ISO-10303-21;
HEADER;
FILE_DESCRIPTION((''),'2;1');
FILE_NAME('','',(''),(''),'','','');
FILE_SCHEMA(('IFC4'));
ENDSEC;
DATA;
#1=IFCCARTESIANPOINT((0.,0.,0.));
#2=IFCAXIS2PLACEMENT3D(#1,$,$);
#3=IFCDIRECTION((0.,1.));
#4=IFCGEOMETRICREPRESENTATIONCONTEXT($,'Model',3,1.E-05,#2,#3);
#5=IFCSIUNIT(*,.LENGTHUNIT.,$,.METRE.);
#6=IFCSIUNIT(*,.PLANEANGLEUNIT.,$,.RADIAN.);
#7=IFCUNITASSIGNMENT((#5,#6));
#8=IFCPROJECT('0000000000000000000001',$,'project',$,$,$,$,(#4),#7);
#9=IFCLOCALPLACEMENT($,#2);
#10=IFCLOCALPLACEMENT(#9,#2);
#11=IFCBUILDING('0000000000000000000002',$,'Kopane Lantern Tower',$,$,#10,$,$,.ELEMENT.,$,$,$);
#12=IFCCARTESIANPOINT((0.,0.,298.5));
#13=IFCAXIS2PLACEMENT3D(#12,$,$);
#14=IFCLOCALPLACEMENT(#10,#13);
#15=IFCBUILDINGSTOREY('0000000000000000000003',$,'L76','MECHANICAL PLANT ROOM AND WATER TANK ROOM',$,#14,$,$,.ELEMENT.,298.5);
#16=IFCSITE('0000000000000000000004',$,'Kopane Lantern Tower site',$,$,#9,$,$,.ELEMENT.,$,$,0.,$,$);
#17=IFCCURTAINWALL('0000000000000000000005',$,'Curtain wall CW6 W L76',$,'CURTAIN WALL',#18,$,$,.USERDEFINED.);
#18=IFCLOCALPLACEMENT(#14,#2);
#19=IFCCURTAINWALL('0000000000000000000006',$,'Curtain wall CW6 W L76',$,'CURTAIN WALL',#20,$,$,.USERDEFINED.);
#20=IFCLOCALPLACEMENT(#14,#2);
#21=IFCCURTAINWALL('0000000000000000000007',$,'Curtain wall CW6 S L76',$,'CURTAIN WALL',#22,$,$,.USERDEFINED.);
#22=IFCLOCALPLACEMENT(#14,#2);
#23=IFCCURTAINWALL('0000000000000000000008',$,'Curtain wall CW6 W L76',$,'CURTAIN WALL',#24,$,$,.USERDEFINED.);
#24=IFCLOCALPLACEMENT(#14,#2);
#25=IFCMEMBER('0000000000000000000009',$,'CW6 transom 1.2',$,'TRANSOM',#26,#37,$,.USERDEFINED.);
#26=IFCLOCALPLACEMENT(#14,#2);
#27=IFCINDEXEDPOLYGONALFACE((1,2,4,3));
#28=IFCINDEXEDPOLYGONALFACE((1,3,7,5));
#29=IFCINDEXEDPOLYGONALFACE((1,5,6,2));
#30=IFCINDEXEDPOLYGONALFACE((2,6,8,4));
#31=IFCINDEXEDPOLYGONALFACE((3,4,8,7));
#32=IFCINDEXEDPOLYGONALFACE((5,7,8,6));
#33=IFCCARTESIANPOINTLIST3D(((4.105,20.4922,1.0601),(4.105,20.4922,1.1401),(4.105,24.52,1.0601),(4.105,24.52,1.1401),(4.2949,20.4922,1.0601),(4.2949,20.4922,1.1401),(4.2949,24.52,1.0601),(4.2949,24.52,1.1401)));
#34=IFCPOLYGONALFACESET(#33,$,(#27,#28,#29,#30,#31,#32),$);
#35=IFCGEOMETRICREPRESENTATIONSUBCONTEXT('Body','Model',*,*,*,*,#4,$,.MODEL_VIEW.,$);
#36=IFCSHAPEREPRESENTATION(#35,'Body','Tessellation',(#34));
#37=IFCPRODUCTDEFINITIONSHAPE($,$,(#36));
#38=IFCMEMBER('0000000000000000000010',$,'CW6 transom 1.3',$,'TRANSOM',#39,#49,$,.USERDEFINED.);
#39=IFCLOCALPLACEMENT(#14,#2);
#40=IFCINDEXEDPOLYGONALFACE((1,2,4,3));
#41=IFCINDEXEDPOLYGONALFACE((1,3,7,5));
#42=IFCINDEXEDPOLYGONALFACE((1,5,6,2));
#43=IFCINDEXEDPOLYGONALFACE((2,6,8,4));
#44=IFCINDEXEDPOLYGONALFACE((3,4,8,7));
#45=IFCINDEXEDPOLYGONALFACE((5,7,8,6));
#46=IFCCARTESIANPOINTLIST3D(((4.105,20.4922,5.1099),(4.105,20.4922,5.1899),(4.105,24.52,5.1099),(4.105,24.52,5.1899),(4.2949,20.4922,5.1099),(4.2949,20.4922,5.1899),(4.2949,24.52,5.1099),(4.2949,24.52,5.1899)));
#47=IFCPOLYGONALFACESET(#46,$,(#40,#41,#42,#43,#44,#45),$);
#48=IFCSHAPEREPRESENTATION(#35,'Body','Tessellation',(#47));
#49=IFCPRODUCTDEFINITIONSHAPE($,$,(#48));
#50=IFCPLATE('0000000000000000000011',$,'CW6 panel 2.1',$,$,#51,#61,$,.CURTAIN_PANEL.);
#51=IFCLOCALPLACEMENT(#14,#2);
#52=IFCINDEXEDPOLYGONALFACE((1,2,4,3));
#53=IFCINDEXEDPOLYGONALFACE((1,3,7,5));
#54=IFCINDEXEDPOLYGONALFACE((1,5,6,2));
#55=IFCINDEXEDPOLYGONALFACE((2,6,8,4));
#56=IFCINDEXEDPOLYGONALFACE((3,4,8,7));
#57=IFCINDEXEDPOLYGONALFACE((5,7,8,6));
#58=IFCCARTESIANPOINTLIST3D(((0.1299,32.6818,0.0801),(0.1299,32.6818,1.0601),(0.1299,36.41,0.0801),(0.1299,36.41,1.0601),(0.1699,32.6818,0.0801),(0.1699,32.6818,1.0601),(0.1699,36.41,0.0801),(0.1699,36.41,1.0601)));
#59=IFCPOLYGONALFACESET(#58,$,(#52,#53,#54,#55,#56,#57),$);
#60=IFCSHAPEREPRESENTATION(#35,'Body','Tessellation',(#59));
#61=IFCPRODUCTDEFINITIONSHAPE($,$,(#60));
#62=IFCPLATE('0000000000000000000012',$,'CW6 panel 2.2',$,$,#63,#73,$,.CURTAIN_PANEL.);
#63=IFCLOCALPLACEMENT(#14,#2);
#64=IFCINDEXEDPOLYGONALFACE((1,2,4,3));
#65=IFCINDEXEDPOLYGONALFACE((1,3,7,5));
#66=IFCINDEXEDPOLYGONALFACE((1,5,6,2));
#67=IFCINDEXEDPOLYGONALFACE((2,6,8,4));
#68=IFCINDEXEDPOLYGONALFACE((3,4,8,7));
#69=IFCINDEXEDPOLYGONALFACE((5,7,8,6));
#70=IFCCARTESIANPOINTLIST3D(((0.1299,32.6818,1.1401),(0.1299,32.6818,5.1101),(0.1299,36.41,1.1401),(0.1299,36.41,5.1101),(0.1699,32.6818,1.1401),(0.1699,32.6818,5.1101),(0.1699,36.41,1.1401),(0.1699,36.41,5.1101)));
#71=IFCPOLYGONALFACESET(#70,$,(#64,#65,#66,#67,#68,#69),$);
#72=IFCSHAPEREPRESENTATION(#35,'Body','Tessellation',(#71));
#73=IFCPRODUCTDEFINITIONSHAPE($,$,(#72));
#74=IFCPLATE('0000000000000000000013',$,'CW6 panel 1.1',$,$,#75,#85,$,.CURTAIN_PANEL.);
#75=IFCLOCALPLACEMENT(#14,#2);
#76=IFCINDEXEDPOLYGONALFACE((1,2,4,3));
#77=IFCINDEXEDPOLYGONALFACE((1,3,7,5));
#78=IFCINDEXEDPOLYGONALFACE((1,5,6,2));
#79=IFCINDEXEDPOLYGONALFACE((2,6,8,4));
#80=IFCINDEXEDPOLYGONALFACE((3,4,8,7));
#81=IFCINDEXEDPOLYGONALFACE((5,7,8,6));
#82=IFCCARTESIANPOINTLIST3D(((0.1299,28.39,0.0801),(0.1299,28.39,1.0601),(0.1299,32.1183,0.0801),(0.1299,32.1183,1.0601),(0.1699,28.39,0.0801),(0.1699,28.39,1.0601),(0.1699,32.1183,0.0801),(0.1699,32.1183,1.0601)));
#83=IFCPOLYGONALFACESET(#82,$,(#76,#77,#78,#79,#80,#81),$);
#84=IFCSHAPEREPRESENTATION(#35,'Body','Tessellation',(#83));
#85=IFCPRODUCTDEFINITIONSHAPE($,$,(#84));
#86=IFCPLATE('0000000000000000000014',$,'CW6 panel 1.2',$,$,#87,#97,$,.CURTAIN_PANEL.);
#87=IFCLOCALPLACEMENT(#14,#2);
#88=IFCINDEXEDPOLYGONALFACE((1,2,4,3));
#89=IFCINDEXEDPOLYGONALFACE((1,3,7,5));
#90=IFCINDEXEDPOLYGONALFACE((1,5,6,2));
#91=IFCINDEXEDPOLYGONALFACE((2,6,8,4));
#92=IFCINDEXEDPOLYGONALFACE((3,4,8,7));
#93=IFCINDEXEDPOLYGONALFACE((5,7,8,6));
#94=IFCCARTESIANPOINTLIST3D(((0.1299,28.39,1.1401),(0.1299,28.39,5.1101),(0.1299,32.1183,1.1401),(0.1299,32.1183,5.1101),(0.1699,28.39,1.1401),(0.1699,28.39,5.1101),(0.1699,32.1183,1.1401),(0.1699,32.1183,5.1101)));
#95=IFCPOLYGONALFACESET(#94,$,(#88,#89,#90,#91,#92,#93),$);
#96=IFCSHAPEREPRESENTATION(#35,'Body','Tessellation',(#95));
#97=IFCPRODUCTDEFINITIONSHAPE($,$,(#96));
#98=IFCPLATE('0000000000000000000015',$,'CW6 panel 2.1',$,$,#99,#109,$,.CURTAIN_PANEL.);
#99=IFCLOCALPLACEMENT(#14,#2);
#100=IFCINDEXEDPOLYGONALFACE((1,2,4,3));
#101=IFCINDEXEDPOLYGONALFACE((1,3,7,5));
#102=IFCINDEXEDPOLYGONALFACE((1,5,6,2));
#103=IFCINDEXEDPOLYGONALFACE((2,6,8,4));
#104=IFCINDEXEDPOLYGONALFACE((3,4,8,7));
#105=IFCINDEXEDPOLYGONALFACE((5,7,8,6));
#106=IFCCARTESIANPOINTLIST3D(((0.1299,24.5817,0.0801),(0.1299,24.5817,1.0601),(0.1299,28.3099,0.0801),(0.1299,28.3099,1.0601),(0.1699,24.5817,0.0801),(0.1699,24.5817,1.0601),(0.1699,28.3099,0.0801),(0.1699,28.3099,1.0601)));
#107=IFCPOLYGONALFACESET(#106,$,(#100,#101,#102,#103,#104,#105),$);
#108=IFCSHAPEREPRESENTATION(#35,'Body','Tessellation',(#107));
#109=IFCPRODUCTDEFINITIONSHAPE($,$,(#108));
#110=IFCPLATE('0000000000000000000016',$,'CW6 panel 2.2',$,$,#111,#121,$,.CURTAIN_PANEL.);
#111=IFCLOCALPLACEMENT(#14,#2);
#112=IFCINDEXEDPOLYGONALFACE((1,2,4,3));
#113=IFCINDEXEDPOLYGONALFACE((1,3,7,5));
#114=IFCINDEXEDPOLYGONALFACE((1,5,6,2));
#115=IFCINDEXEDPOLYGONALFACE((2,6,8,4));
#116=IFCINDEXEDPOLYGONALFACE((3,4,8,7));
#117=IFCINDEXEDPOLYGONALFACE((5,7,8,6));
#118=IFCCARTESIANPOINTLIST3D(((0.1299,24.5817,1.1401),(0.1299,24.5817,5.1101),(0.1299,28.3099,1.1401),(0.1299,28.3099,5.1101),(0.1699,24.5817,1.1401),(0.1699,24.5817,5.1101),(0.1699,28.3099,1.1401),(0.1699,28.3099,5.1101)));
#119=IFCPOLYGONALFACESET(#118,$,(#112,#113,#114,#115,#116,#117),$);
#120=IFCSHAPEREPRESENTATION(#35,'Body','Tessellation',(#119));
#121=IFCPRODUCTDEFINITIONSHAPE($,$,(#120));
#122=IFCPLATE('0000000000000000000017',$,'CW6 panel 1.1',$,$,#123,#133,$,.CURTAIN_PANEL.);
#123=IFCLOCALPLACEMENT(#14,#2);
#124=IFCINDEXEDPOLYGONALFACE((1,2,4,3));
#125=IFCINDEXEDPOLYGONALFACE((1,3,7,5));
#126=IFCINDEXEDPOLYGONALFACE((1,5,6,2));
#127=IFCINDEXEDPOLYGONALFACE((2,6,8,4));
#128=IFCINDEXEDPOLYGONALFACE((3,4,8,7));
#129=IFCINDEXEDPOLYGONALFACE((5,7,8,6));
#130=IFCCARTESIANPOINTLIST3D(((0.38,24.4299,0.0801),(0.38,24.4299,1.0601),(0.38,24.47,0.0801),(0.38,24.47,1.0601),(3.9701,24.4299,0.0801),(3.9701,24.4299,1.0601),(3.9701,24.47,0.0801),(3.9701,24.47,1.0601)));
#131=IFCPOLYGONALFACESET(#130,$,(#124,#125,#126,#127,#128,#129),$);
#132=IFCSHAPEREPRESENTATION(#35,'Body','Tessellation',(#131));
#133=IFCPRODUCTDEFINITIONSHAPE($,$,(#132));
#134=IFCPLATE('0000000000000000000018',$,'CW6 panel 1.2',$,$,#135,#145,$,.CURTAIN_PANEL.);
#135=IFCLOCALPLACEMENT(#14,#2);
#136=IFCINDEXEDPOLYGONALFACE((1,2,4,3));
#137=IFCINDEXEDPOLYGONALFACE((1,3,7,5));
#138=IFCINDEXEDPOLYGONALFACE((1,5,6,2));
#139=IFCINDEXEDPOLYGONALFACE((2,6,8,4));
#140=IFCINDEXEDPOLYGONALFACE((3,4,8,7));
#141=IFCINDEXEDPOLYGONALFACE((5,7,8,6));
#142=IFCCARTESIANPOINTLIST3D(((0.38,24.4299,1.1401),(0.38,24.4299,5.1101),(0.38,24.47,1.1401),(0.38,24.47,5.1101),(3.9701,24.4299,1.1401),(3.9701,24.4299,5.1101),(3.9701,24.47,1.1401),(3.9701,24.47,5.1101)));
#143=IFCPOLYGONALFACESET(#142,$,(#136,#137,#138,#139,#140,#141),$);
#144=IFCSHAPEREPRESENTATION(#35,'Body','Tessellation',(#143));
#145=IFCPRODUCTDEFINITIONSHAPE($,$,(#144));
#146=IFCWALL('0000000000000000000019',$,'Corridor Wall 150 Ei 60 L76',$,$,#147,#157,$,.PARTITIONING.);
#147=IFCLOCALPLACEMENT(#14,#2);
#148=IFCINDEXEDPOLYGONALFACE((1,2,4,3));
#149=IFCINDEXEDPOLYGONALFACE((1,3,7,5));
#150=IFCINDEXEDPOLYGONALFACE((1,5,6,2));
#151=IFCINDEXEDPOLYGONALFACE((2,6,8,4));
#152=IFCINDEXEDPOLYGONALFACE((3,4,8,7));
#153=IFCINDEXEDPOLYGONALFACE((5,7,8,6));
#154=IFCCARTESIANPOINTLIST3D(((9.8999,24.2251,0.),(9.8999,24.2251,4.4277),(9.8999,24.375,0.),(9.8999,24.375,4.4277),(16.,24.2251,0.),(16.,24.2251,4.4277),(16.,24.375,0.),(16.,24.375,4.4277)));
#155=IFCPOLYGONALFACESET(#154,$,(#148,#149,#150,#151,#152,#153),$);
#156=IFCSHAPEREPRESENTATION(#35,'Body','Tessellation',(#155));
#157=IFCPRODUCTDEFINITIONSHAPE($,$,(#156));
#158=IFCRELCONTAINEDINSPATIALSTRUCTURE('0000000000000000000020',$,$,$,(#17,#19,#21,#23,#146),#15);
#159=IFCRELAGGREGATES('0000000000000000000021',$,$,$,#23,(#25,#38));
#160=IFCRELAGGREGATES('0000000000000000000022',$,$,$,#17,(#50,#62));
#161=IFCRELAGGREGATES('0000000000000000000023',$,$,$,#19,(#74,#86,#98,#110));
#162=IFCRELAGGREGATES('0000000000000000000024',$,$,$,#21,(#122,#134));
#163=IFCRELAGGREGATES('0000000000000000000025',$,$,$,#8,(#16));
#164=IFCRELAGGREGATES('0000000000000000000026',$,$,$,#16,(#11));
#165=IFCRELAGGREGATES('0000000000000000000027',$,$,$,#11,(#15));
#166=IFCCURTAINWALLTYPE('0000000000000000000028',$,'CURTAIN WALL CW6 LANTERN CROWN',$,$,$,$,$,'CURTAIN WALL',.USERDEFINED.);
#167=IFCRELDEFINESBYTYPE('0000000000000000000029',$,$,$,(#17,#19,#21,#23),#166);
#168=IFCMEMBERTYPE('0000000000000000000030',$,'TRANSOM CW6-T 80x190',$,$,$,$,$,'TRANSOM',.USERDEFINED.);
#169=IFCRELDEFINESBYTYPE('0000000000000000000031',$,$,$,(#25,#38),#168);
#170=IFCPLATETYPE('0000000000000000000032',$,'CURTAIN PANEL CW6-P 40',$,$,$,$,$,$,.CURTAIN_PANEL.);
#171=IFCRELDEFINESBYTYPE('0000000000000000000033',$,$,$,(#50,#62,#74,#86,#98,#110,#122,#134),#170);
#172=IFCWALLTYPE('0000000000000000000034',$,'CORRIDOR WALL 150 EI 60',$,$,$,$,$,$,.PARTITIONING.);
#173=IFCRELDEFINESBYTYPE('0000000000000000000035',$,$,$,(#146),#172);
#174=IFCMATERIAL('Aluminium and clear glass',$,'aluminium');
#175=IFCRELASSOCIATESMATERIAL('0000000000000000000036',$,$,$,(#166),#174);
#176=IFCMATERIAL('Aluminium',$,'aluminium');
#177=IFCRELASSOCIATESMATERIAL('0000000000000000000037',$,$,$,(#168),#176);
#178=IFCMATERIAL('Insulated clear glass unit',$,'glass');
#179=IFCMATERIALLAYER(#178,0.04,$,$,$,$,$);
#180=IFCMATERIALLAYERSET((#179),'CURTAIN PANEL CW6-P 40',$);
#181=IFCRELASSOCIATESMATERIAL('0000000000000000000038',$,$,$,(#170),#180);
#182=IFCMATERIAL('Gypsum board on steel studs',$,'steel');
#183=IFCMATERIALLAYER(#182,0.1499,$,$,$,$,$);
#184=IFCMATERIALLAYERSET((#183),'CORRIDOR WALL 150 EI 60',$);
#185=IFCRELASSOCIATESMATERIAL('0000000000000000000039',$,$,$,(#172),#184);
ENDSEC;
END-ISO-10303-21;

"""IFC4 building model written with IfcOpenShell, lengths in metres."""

from ifc_helpers import new_model, si_unit, direction, frame, frame_2d, origin, origin_2d, place, context, subcontext, project, spatial, rectangle, extrude, material, layer, layer_set, material_profile, profile_set, type_object, element, aggregate, save


model = new_model("IFC4")

# Units and contexts
model_context = context("Model", 3, precision=1e-05, world=origin(), true_north=direction((0.0, 1.0)))
body_context = subcontext(model_context, "Body", "Model", "MODEL_VIEW")
ifc_project = project(units=[si_unit("LENGTHUNIT", "METRE"), si_unit("PLANEANGLEUNIT", "RADIAN")], contexts=[model_context])

# Site, building, storey
site_placement = place(None, origin())
site = spatial("IfcSite", under=ifc_project, at=site_placement, Name="Kopane Lantern Tower site", CompositionType="ELEMENT", RefElevation=0.0)
building_placement = place(site_placement, origin())
building = spatial("IfcBuilding", under=site, at=building_placement, Name="Kopane Lantern Tower", CompositionType="ELEMENT")
storey_placement = place(building_placement, frame((0.0, 0.0, 298.5)))
storey = spatial("IfcBuildingStorey", under=building, at=storey_placement, Name="L76", Description="MECHANICAL PLANT ROOM AND WATER TANK ROOM", CompositionType="ELEMENT", Elevation=298.5)

# Curtain walls
ifc_material_1 = material(Name="Aluminium and clear glass", Category="aluminium")
curtain_wall_type = type_object("IfcCurtainWallType", Name="CURTAIN WALL CW6 LANTERN CROWN", ElementType="CURTAIN WALL", PredefinedType="USERDEFINED", material=ifc_material_1)
curtain_wall_1_placement = place(storey_placement, origin())
curtain_wall_1 = element("IfcCurtainWall", 1, at=curtain_wall_1_placement, inside=storey, type_object=curtain_wall_type, Name="Curtain wall CW6 W L76", ObjectType="CURTAIN WALL", PredefinedType="USERDEFINED")
curtain_wall_2_placement = place(storey_placement, origin())
curtain_wall_2 = element("IfcCurtainWall", 2, at=curtain_wall_2_placement, inside=storey, type_object=curtain_wall_type, Name="Curtain wall CW6 W L76", ObjectType="CURTAIN WALL", PredefinedType="USERDEFINED")
curtain_wall_3_placement = place(storey_placement, origin())
curtain_wall_3 = element("IfcCurtainWall", 3, at=curtain_wall_3_placement, inside=storey, type_object=curtain_wall_type, Name="Curtain wall CW6 S L76", ObjectType="CURTAIN WALL", PredefinedType="USERDEFINED")

# Curtain wall
curtain_wall_4_placement = place(storey_placement, origin())
curtain_wall_4 = element("IfcCurtainWall", 4, at=curtain_wall_4_placement, inside=storey, type_object=curtain_wall_type, Name="Curtain wall CW6 W L76", ObjectType="CURTAIN WALL", PredefinedType="USERDEFINED")

# Members
ifc_material_2 = material(Name="Aluminium", Category="aluminium")
ifc_material_profile_1 = material_profile(ifc_material_2, rectangle(XDim=0.1899, YDim=0.0801, at=origin_2d()), Name="AL 190x80")
ifc_profile_set_1 = profile_set([ifc_material_profile_1], Name="Aluminium")
member_type_1 = type_object("IfcMemberType", Name="TRANSOM CW6-T 80x190", ElementType="TRANSOM", PredefinedType="USERDEFINED", material=ifc_profile_set_1)
member_1_placement = place(storey_placement, frame((4.2, 24.52, 1.1001), z_axis=(0.0, -1.0, 0.0), x_axis=(1.0, 0.0, 0.0)))
member_1 = element("IfcMember", 5, at=member_1_placement, type_object=member_type_1, Name="CW6 transom 1.2", ObjectType="TRANSOM", PredefinedType="USERDEFINED", context=body_context, shape_type="SweptSolid", body=[
    extrude(rectangle(XDim=0.1899, YDim=0.0801, at=origin_2d()), origin(), (0.0, 0.0, 1.0), 4.0278),
])
member_2_placement = place(storey_placement, frame((4.2, 24.52, 5.1499), z_axis=(0.0, -1.0, 0.0), x_axis=(1.0, 0.0, 0.0)))
member_2 = element("IfcMember", 6, at=member_2_placement, type_object=member_type_1, Name="CW6 transom 1.3", ObjectType="TRANSOM", PredefinedType="USERDEFINED", context=body_context, shape_type="SweptSolid", body=[
    extrude(rectangle(XDim=0.1899, YDim=0.0801, at=origin_2d()), origin(), (0.0, 0.0, 1.0), 4.0278),
])
aggregate(curtain_wall_4, [member_1, member_2])

# Plates
ifc_material_3 = material(Name="Insulated clear glass unit", Category="glass")
ifc_layer_1 = layer(ifc_material_3, 0.04)
ifc_layer_set_1 = layer_set([ifc_layer_1], Name="CURTAIN PANEL CW6-P 40")
plate_type = type_object("IfcPlateType", Name="CURTAIN PANEL CW6-P 40", PredefinedType="CURTAIN_PANEL", material=ifc_layer_set_1)
plate_1_placement = place(storey_placement, frame((0.1499, 34.5459, 0.0801), z_axis=(0.0, 0.0, 1.0), x_axis=(0.0, -1.0, 0.0)))
plate_1 = element("IfcPlate", 7, at=plate_1_placement, type_object=plate_type, Name="CW6 panel 2.1", PredefinedType="CURTAIN_PANEL", context=body_context, shape_type="SweptSolid", body=[
    extrude(rectangle(XDim=3.7283, YDim=0.04, at=origin_2d()), origin(), (0.0, 0.0, 1.0), 0.98),
])
plate_2_placement = place(storey_placement, frame((0.1499, 34.5459, 1.1401), z_axis=(0.0, 0.0, 1.0), x_axis=(0.0, -1.0, 0.0)))
plate_2 = element("IfcPlate", 8, at=plate_2_placement, type_object=plate_type, Name="CW6 panel 2.2", PredefinedType="CURTAIN_PANEL", context=body_context, shape_type="SweptSolid", body=[
    extrude(rectangle(XDim=3.7283, YDim=0.04, at=origin_2d()), origin(), (0.0, 0.0, 1.0), 3.97),
])
aggregate(curtain_wall_1, [plate_1, plate_2])
plate_3_placement = place(storey_placement, frame((0.1499, 30.2542, 0.0801), z_axis=(0.0, 0.0, 1.0), x_axis=(0.0, -1.0, 0.0)))
plate_3 = element("IfcPlate", 9, at=plate_3_placement, type_object=plate_type, Name="CW6 panel 1.1", PredefinedType="CURTAIN_PANEL", context=body_context, shape_type="SweptSolid", body=[
    extrude(rectangle(XDim=3.7283, YDim=0.04, at=origin_2d()), origin(), (0.0, 0.0, 1.0), 0.98),
])
plate_4_placement = place(storey_placement, frame((0.1499, 30.2542, 1.1401), z_axis=(0.0, 0.0, 1.0), x_axis=(0.0, -1.0, 0.0)))
plate_4 = element("IfcPlate", 10, at=plate_4_placement, type_object=plate_type, Name="CW6 panel 1.2", PredefinedType="CURTAIN_PANEL", context=body_context, shape_type="SweptSolid", body=[
    extrude(rectangle(XDim=3.7283, YDim=0.04, at=origin_2d()), origin(), (0.0, 0.0, 1.0), 3.97),
])
plate_5_placement = place(storey_placement, frame((0.1499, 26.4458, 0.0801), z_axis=(0.0, 0.0, 1.0), x_axis=(0.0, -1.0, 0.0)))
plate_5 = element("IfcPlate", 11, at=plate_5_placement, type_object=plate_type, Name="CW6 panel 2.1", PredefinedType="CURTAIN_PANEL", context=body_context, shape_type="SweptSolid", body=[
    extrude(rectangle(XDim=3.7283, YDim=0.04, at=origin_2d()), origin(), (0.0, 0.0, 1.0), 0.98),
])
plate_6_placement = place(storey_placement, frame((0.1499, 26.4458, 1.1401), z_axis=(0.0, 0.0, 1.0), x_axis=(0.0, -1.0, 0.0)))
plate_6 = element("IfcPlate", 12, at=plate_6_placement, type_object=plate_type, Name="CW6 panel 2.2", PredefinedType="CURTAIN_PANEL", context=body_context, shape_type="SweptSolid", body=[
    extrude(rectangle(XDim=3.7283, YDim=0.04, at=origin_2d()), origin(), (0.0, 0.0, 1.0), 3.97),
])
aggregate(curtain_wall_2, [plate_3, plate_4, plate_5, plate_6])
plate_7_placement = place(storey_placement, frame((2.175, 24.45, 0.0801), z_axis=(0.0, 0.0, 1.0), x_axis=(1.0, 0.0, 0.0)))
plate_7 = element("IfcPlate", 13, at=plate_7_placement, type_object=plate_type, Name="CW6 panel 1.1", PredefinedType="CURTAIN_PANEL", context=body_context, shape_type="SweptSolid", body=[
    extrude(rectangle(XDim=3.5901, YDim=0.04, at=origin_2d()), origin(), (0.0, 0.0, 1.0), 0.98),
])
plate_8_placement = place(storey_placement, frame((2.175, 24.45, 1.1401), z_axis=(0.0, 0.0, 1.0), x_axis=(1.0, 0.0, 0.0)))
plate_8 = element("IfcPlate", 14, at=plate_8_placement, type_object=plate_type, Name="CW6 panel 1.2", PredefinedType="CURTAIN_PANEL", context=body_context, shape_type="SweptSolid", body=[
    extrude(rectangle(XDim=3.5901, YDim=0.04, at=origin_2d()), origin(), (0.0, 0.0, 1.0), 3.97),
])
aggregate(curtain_wall_3, [plate_7, plate_8])

# Wall
ifc_material_4 = material(Name="Gypsum board on steel studs", Category="steel")
ifc_layer_2 = layer(ifc_material_4, 0.1499)
ifc_layer_set_2 = layer_set([ifc_layer_2], Name="CORRIDOR WALL 150 EI 60")
wall_type = type_object("IfcWallType", Name="CORRIDOR WALL 150 EI 60", PredefinedType="PARTITIONING", material=ifc_layer_set_2)
wall_placement = place(storey_placement, frame((9.8999, 24.3, 0.0), z_axis=(0.0, 0.0, 1.0), x_axis=(1.0, 0.0, 0.0)))
element("IfcWall", 15, at=wall_placement, inside=storey, type_object=wall_type, Name="Corridor Wall 150 Ei 60 L76", PredefinedType="PARTITIONING", context=body_context, shape_type="SweptSolid", body=[
    extrude(rectangle(XDim=6.1001, YDim=0.1499, at=frame_2d((3.05, 0.0))), origin(), (0.0, 0.0, 1.0), 4.4277),
])

save(model, "model.ifc")
